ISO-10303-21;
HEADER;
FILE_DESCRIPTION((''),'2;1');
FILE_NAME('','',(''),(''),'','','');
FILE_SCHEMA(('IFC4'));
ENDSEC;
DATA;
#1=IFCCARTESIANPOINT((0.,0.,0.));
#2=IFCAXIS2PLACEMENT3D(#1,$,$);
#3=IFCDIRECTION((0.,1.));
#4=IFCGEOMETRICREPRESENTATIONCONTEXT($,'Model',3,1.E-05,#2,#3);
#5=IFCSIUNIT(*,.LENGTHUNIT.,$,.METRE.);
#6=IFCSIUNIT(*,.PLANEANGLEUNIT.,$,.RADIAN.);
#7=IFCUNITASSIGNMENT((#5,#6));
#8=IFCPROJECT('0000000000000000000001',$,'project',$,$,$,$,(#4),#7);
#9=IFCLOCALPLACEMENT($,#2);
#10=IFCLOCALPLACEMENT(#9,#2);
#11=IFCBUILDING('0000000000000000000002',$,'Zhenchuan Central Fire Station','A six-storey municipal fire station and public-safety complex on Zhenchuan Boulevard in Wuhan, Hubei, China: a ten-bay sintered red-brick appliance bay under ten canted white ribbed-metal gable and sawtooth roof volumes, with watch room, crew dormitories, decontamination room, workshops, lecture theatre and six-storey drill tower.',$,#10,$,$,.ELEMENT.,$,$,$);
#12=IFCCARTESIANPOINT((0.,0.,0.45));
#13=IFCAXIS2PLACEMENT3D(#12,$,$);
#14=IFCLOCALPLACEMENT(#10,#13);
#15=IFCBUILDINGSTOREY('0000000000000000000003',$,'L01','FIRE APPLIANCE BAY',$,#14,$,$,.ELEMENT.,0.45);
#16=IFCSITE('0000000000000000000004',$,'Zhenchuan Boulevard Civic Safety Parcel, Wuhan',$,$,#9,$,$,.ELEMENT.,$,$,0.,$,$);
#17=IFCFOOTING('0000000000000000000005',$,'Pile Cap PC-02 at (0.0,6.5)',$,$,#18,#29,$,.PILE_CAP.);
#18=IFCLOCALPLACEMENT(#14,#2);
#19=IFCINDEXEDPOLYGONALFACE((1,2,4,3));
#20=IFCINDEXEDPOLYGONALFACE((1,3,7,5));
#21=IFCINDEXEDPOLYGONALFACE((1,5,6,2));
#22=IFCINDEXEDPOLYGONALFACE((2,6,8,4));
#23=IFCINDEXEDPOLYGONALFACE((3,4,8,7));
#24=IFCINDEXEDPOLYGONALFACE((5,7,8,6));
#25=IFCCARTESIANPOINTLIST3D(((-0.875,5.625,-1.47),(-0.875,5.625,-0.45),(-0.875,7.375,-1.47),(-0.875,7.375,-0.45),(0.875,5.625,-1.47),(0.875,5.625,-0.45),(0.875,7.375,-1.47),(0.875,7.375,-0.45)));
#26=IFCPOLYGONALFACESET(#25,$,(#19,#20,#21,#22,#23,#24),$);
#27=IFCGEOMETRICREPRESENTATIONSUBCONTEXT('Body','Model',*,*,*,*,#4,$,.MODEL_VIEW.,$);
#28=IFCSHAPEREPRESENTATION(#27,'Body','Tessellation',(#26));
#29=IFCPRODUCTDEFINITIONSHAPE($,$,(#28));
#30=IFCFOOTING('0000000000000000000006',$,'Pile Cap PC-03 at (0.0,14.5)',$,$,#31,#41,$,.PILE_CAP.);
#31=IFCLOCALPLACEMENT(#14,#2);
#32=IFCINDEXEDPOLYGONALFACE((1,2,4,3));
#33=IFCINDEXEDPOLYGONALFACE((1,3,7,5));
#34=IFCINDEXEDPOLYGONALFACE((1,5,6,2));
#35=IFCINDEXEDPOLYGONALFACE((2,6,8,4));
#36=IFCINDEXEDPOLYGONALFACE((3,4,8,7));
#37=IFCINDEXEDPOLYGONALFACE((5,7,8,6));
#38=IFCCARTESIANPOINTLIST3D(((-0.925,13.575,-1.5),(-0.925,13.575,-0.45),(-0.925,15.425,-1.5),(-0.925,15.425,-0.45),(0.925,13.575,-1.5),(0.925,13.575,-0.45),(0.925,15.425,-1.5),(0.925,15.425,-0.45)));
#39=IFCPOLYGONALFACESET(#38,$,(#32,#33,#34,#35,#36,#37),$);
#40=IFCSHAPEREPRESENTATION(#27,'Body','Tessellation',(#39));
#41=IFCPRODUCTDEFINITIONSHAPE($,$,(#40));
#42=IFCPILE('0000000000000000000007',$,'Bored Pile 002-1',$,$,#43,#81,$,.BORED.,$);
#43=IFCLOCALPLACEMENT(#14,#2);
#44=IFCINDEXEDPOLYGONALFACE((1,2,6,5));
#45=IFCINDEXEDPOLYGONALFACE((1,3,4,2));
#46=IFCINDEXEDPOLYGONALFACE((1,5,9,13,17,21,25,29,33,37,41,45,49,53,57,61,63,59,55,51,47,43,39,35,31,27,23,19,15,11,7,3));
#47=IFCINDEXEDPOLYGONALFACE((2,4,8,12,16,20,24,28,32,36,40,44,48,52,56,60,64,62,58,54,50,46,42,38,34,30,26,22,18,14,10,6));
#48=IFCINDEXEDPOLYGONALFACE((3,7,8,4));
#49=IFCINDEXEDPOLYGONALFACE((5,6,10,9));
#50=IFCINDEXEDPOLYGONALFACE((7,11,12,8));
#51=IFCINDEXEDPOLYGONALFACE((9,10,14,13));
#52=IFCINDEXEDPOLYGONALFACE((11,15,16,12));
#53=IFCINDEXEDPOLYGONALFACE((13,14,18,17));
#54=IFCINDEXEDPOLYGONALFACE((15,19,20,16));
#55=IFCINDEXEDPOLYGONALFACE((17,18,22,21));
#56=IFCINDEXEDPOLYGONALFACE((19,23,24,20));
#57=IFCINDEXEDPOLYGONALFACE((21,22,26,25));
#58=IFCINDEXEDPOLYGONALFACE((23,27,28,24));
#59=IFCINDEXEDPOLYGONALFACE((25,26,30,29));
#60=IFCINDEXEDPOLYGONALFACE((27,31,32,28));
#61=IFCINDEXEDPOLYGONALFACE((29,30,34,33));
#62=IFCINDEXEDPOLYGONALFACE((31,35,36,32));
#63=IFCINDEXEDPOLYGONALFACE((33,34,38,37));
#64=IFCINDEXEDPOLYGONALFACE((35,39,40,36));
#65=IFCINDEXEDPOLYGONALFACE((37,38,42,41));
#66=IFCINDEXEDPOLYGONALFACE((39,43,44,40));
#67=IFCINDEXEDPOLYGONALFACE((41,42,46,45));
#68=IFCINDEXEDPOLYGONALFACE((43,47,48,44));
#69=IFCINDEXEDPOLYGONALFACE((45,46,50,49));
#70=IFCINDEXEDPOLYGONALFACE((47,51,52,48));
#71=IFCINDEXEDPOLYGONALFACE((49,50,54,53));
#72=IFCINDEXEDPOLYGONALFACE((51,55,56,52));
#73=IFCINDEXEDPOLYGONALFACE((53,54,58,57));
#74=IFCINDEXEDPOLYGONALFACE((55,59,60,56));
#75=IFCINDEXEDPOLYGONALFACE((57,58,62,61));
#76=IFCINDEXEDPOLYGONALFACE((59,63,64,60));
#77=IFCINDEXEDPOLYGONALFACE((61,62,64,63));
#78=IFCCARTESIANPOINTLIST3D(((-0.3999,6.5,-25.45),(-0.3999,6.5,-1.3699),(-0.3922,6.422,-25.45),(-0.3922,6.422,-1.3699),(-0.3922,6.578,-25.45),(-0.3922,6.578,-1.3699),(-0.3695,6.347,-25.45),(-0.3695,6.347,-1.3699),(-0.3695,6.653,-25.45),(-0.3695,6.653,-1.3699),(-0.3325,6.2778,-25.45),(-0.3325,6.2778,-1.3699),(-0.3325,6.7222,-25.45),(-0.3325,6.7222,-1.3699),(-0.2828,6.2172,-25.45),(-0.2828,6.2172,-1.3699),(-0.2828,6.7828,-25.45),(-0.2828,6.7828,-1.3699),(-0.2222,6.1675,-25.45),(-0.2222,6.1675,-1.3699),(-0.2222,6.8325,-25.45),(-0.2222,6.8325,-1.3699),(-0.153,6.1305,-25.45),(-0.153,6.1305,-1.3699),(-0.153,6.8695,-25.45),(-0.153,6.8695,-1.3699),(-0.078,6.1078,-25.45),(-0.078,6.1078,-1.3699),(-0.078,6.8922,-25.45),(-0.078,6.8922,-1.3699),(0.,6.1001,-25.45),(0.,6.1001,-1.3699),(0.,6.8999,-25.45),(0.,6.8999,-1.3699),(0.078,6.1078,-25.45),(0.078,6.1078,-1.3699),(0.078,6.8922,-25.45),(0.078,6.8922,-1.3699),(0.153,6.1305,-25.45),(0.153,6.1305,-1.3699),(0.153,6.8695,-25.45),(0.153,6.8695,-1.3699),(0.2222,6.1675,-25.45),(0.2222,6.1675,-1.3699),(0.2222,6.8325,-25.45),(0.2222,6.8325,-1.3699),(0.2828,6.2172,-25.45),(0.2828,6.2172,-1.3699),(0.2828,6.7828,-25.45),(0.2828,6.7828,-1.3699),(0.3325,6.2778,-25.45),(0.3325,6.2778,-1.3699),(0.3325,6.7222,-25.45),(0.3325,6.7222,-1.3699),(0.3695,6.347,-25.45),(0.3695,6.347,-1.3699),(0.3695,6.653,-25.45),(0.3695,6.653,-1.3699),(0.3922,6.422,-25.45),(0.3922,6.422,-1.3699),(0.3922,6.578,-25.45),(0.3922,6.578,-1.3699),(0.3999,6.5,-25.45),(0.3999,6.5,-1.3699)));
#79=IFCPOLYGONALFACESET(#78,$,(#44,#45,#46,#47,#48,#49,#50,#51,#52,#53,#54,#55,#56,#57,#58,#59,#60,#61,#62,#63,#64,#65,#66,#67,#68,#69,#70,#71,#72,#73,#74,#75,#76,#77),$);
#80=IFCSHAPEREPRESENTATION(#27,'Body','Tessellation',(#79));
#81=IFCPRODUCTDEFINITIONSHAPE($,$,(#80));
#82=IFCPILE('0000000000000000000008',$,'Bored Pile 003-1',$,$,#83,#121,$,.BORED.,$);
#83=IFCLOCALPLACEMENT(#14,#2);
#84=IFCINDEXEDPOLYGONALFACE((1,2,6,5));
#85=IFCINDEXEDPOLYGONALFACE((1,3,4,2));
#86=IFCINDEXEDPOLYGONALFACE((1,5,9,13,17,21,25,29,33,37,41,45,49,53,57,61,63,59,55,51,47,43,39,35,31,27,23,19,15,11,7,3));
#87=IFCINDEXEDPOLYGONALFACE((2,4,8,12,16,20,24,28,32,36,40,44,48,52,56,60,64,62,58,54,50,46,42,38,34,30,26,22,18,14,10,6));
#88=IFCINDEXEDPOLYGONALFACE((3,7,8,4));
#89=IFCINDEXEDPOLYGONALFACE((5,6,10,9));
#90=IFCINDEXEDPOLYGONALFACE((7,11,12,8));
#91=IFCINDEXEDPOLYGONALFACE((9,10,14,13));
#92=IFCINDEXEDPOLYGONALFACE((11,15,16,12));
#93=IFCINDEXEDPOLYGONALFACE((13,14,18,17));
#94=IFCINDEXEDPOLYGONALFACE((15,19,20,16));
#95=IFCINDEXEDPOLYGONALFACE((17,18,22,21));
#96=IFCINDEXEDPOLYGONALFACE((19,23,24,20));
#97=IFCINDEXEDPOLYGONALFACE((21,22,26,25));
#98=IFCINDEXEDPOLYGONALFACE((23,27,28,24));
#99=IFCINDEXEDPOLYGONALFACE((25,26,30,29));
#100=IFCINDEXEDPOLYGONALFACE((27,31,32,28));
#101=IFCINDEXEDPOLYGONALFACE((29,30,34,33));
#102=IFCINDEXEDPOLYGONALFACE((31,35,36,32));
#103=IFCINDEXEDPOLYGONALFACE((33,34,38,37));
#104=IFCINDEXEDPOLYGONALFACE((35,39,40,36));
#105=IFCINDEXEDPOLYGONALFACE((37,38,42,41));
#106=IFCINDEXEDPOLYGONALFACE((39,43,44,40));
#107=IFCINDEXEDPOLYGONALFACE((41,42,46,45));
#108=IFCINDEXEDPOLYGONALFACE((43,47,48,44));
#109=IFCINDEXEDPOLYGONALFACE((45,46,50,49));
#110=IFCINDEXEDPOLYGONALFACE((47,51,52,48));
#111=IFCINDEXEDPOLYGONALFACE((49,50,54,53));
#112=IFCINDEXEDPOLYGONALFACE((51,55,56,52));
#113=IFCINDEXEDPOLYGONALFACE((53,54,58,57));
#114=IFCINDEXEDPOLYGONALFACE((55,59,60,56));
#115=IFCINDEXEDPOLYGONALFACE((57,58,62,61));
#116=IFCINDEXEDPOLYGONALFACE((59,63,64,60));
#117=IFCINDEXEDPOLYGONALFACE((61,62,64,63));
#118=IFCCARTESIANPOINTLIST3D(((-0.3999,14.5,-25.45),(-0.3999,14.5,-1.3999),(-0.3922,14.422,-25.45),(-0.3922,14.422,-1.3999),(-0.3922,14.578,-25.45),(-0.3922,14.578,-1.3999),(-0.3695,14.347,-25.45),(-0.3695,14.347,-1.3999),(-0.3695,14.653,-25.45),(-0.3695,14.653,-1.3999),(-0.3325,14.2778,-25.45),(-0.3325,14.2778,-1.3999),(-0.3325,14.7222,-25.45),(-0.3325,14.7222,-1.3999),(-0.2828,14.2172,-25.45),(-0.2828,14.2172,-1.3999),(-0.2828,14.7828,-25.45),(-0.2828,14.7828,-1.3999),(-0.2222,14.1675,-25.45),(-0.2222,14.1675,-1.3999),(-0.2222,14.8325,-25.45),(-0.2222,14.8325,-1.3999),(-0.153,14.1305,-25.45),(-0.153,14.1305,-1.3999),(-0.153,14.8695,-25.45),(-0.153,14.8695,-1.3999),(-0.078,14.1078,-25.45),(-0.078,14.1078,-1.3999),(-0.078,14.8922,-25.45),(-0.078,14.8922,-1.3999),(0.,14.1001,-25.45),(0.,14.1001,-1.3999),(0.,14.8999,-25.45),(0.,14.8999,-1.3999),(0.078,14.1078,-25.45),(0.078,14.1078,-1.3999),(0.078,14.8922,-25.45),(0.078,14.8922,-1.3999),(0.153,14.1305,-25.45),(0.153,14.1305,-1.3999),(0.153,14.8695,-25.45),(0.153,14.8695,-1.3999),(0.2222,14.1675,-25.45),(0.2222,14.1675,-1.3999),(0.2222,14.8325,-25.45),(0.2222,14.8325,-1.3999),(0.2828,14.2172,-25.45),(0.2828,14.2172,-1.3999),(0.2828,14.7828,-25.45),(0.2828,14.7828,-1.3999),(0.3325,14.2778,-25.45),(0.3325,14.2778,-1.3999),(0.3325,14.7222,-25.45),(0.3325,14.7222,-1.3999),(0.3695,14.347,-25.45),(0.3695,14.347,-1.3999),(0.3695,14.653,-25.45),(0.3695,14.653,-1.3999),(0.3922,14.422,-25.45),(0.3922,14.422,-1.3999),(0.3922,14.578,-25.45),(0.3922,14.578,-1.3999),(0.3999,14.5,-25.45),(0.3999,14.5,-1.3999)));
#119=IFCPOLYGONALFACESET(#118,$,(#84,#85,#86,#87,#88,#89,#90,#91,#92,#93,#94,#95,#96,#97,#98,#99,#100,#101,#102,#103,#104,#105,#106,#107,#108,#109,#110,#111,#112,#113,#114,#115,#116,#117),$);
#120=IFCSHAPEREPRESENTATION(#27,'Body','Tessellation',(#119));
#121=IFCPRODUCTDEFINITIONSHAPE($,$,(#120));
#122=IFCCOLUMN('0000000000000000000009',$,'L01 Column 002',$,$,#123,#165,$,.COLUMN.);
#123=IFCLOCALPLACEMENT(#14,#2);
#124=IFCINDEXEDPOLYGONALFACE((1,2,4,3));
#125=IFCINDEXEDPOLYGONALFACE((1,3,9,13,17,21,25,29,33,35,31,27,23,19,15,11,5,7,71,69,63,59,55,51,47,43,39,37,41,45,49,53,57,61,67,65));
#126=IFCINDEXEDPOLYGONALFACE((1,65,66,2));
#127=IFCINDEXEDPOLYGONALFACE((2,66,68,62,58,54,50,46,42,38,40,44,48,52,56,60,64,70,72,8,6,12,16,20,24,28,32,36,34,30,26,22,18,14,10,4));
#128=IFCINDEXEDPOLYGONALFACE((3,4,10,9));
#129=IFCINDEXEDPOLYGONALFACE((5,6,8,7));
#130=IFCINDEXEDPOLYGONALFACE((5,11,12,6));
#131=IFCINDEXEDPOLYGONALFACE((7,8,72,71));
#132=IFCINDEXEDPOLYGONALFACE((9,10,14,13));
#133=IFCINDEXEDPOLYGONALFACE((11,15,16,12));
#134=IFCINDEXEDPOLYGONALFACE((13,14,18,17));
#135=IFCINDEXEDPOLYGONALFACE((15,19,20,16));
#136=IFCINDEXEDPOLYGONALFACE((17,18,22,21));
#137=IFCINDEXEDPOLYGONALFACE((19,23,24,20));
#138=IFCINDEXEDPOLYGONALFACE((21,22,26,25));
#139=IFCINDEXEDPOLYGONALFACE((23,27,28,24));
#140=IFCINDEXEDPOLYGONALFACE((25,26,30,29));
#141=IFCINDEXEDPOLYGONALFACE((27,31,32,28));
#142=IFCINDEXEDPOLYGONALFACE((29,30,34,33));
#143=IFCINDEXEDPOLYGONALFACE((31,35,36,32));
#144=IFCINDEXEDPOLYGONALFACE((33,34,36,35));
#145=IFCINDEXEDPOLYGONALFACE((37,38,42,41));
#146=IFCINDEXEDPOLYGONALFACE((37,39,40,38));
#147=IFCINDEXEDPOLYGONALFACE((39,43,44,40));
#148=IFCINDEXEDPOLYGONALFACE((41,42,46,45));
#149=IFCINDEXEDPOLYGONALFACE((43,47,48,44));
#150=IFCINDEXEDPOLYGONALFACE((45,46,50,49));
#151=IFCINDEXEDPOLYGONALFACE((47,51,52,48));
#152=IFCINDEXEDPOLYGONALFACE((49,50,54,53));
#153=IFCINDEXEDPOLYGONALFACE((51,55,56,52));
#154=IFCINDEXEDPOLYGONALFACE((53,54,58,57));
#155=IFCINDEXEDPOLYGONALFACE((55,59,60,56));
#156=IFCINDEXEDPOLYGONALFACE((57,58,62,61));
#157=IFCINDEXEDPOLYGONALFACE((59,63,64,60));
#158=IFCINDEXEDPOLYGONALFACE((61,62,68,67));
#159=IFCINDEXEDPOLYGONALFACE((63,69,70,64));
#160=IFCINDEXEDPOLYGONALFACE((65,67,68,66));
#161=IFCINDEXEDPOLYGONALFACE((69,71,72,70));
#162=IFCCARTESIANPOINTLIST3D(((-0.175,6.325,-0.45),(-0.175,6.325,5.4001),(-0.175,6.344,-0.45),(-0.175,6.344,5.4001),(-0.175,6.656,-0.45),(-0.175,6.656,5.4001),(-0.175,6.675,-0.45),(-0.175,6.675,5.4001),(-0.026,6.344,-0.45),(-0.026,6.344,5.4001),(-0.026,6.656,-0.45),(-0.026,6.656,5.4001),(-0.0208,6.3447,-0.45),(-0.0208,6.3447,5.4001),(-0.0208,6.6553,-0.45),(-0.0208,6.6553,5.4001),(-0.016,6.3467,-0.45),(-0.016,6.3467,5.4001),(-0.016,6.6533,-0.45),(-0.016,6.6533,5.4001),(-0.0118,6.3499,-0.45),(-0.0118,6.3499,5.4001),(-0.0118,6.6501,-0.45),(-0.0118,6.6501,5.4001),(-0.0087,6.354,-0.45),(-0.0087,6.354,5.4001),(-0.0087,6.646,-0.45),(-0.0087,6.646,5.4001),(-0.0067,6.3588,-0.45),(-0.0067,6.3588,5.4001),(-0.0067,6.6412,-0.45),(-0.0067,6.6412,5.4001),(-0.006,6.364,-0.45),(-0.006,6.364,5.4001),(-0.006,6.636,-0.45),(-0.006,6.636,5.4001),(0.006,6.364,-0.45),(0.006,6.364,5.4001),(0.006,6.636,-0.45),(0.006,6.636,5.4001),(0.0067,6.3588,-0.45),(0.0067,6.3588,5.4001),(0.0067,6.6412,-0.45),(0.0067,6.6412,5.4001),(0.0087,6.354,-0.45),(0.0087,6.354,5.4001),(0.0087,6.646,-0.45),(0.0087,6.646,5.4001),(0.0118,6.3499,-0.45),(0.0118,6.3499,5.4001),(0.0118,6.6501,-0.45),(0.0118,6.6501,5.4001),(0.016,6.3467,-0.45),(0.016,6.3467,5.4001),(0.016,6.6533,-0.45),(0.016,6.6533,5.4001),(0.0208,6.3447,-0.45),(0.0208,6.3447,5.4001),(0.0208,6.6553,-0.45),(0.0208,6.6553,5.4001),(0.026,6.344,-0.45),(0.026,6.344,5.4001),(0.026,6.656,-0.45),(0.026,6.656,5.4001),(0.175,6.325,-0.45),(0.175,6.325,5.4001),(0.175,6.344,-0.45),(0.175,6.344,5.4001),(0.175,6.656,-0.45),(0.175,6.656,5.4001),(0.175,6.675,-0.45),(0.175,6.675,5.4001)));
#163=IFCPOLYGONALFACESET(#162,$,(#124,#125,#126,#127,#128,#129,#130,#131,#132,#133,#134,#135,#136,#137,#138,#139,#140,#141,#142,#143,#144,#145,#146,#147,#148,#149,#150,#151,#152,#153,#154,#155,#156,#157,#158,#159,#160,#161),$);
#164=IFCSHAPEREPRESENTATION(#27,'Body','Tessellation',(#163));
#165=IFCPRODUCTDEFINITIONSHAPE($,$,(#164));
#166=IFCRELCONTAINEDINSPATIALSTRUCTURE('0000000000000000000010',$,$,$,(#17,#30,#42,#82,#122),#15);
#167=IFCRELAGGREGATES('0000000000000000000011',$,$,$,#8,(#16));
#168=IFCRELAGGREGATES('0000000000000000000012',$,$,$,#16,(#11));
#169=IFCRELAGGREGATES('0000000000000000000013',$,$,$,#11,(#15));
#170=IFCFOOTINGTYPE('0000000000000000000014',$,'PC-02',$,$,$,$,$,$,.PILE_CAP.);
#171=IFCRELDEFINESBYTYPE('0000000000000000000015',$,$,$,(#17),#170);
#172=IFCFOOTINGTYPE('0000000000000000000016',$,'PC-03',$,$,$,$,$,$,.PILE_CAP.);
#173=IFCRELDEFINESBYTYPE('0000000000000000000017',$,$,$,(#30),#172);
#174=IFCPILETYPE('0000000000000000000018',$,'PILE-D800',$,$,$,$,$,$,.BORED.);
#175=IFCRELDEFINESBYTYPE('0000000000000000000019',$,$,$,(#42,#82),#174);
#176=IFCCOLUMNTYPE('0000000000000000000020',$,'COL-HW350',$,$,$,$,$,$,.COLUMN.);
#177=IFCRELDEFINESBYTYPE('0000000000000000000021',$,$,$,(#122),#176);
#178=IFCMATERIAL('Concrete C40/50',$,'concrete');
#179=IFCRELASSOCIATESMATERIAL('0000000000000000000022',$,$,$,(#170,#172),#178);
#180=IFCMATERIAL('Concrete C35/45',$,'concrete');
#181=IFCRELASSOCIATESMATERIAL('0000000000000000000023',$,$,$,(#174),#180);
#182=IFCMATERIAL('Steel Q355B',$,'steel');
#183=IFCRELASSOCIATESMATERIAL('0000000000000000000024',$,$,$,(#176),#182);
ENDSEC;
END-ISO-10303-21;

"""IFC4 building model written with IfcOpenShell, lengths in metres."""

from ifc_helpers import new_model, si_unit, direction, frame, origin, origin_2d, place, context, subcontext, project, spatial, rectangle, circle, i_section, extrude, material, material_profile, profile_set, type_object, element, save


model = new_model("IFC4")

# Units and contexts
model_context = context("Model", 3, precision=1e-05, world=origin(), true_north=direction((0.0, 1.0)))
body_context = subcontext(model_context, "Body", "Model", "MODEL_VIEW")
ifc_project = project(units=[si_unit("LENGTHUNIT", "METRE"), si_unit("PLANEANGLEUNIT", "RADIAN")], contexts=[model_context])

# Site, building, storey
site_placement = place(None, origin())
site = spatial("IfcSite", under=ifc_project, at=site_placement, Name="Zhenchuan Boulevard Civic Safety Parcel, Wuhan", CompositionType="ELEMENT", RefElevation=0.0)
building_placement = place(site_placement, origin())
building = spatial("IfcBuilding", under=site, at=building_placement, Name="Zhenchuan Central Fire Station", Description="A six-storey municipal fire station and public-safety complex on Zhenchuan Boulevard in Wuhan, Hubei, China: a ten-bay sintered red-brick appliance bay under ten canted white ribbed-metal gable and sawtooth roof volumes, with watch room, crew dormitories, decontamination room, workshops, lecture theatre and six-storey drill tower.", CompositionType="ELEMENT")
storey_placement = place(building_placement, frame((0.0, 0.0, 0.45)))
storey = spatial("IfcBuildingStorey", under=building, at=storey_placement, Name="L01", Description="FIRE APPLIANCE BAY", CompositionType="ELEMENT", Elevation=0.45)

# Footings
ifc_material_1 = material(Name="Concrete C40/50", Category="concrete")
footing_type_1 = type_object("IfcFootingType", Name="PC-02", PredefinedType="PILE_CAP", material=ifc_material_1)
footing_1_placement = place(storey_placement, frame((0.0, 6.5, -1.47), z_axis=(0.0, 0.0, 1.0), x_axis=(1.0, 0.0, 0.0)))
element("IfcFooting", 1, at=footing_1_placement, inside=storey, type_object=footing_type_1, Name="Pile Cap PC-02 at (0.0,6.5)", PredefinedType="PILE_CAP", context=body_context, shape_type="SweptSolid", body=[
    extrude(rectangle(XDim=1.75, YDim=1.75, at=origin_2d()), origin(), (0.0, 0.0, 1.0), 1.02),
])
footing_type_2 = type_object("IfcFootingType", Name="PC-03", PredefinedType="PILE_CAP", material=ifc_material_1)
footing_2_placement = place(storey_placement, frame((0.0, 14.5, -1.5), z_axis=(0.0, 0.0, 1.0), x_axis=(1.0, 0.0, 0.0)))
element("IfcFooting", 2, at=footing_2_placement, inside=storey, type_object=footing_type_2, Name="Pile Cap PC-03 at (0.0,14.5)", PredefinedType="PILE_CAP", context=body_context, shape_type="SweptSolid", body=[
    extrude(rectangle(XDim=1.8501, YDim=1.8501, at=origin_2d()), origin(), (0.0, 0.0, 1.0), 1.05),
])

# Piles
ifc_material_2 = material(Name="Concrete C35/45", Category="concrete")
ifc_material_profile_1 = material_profile(ifc_material_2, circle(Radius=0.3999, at=origin_2d()), Name="PILE D800")
ifc_profile_set_1 = profile_set([ifc_material_profile_1], Name="Concrete C35/45")
pile_type = type_object("IfcPileType", Name="PILE-D800", PredefinedType="BORED", material=ifc_profile_set_1)
pile_1_placement = place(storey_placement, frame((0.0, 6.5, -1.3699), z_axis=(0.0, 0.0, -1.0), x_axis=(1.0, 0.0, 0.0)))
element("IfcPile", 3, at=pile_1_placement, inside=storey, type_object=pile_type, Name="Bored Pile 002-1", PredefinedType="BORED", context=body_context, shape_type="SweptSolid", body=[
    extrude(circle(Radius=0.3999, at=origin_2d()), origin(), (0.0, 0.0, 1.0), 24.0801),
])
pile_2_placement = place(storey_placement, frame((0.0, 14.5, -1.3999), z_axis=(0.0, 0.0, -1.0), x_axis=(1.0, 0.0, 0.0)))
element("IfcPile", 4, at=pile_2_placement, inside=storey, type_object=pile_type, Name="Bored Pile 003-1", PredefinedType="BORED", context=body_context, shape_type="SweptSolid", body=[
    extrude(circle(Radius=0.3999, at=origin_2d()), origin(), (0.0, 0.0, 1.0), 24.05),
])

# Column
ifc_material_3 = material(Name="Steel Q355B", Category="steel")
ifc_material_profile_2 = material_profile(ifc_material_3, i_section(OverallWidth=0.3501, OverallDepth=0.3501, WebThickness=0.012, FlangeThickness=0.019, FilletRadius=0.02, at=origin_2d()), Name="HW 350x350")
ifc_profile_set_2 = profile_set([ifc_material_profile_2], Name="Steel Q355B")
column_type = type_object("IfcColumnType", Name="COL-HW350", PredefinedType="COLUMN", material=ifc_profile_set_2)
for number, where, z_axis, x_axis, name in (
    (5, (0.0, 6.5, -0.45), (0.0, 0.0, 1.0), (1.0, 0.0, 0.0), "L01 Column 002"),
):
    element("IfcColumn", number, at=place(storey_placement, frame(where, z_axis=z_axis, x_axis=x_axis)), inside=storey, type_object=column_type, Name=name, PredefinedType="COLUMN", context=body_context, shape_type="SweptSolid", body=[
        extrude(i_section(OverallWidth=0.3501, OverallDepth=0.3501, WebThickness=0.012, FlangeThickness=0.019, FilletRadius=0.02, at=origin_2d()), origin(), (0.0, 0.0, 1.0), 5.8501),
    ])

save(model, "model.ifc")
